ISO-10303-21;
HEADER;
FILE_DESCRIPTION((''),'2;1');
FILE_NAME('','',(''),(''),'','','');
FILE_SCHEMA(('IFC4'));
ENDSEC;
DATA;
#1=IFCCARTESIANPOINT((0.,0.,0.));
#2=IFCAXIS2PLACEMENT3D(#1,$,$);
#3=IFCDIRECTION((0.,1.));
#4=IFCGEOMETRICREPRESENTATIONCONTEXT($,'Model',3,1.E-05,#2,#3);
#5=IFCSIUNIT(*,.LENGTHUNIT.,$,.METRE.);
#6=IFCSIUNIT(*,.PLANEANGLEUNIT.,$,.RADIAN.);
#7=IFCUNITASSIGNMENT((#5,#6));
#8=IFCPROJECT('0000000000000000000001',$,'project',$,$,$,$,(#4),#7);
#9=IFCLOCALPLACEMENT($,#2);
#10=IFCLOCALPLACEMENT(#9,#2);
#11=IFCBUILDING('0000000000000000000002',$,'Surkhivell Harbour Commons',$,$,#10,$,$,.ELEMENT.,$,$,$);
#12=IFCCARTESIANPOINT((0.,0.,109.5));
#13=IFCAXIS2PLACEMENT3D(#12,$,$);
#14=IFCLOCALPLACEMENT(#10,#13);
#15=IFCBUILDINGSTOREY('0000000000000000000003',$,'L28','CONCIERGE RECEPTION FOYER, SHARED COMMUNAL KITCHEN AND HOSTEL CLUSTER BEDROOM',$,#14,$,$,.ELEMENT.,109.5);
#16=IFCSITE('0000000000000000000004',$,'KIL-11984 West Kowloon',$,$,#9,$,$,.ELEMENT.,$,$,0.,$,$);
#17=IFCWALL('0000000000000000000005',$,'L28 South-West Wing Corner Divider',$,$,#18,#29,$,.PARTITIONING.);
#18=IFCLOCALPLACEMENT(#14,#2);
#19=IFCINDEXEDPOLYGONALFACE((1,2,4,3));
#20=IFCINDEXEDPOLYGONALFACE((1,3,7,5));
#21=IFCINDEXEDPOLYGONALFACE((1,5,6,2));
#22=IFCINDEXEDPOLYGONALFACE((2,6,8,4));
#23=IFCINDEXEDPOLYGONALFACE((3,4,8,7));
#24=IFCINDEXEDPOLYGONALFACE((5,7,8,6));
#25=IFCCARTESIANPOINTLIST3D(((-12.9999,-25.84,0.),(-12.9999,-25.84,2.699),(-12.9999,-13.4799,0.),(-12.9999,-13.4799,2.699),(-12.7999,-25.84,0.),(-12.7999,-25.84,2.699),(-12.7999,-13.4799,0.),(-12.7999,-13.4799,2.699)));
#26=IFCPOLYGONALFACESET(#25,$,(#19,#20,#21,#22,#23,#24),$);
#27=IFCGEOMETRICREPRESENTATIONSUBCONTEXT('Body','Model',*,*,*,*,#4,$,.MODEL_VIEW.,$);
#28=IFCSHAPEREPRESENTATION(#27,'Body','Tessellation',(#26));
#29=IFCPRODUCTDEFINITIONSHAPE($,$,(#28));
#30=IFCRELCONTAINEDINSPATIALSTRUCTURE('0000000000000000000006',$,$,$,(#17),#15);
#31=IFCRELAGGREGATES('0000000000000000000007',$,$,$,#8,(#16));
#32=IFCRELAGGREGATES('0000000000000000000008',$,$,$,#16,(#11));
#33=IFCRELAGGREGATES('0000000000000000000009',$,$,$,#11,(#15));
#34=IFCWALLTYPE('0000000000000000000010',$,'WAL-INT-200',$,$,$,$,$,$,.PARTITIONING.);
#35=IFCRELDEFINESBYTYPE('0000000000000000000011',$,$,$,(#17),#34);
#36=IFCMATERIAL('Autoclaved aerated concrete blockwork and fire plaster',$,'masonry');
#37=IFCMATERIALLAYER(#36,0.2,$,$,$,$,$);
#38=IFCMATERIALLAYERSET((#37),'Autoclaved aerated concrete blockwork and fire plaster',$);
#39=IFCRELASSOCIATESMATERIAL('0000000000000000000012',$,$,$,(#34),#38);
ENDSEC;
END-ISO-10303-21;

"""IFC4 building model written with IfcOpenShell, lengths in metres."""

from ifc_helpers import new_model, si_unit, direction, frame, frame_2d, origin, place, context, subcontext, project, spatial, rectangle, extrude, material, layer, layer_set, type_object, element, save


model = new_model("IFC4")

# Units and contexts
model_context = context("Model", 3, precision=1e-05, world=origin(), true_north=direction((0.0, 1.0)))
body_context = subcontext(model_context, "Body", "Model", "MODEL_VIEW")
ifc_project = project(units=[si_unit("LENGTHUNIT", "METRE"), si_unit("PLANEANGLEUNIT", "RADIAN")], contexts=[model_context])

# Site, building, storey
site_placement = place(None, origin())
site = spatial("IfcSite", under=ifc_project, at=site_placement, Name="KIL-11984 West Kowloon", CompositionType="ELEMENT", RefElevation=0.0)
building_placement = place(site_placement, origin())
building = spatial("IfcBuilding", under=site, at=building_placement, Name="Surkhivell Harbour Commons", CompositionType="ELEMENT")
storey_placement = place(building_placement, frame((0.0, 0.0, 109.5)))
storey = spatial("IfcBuildingStorey", under=building, at=storey_placement, Name="L28", Description="CONCIERGE RECEPTION FOYER, SHARED COMMUNAL KITCHEN AND HOSTEL CLUSTER BEDROOM", CompositionType="ELEMENT", Elevation=109.5)

# Wall
ifc_material_1 = material(Name="Autoclaved aerated concrete blockwork and fire plaster", Category="masonry")
ifc_layer_1 = layer(ifc_material_1, 0.2)
ifc_layer_set_1 = layer_set([ifc_layer_1], Name="Autoclaved aerated concrete blockwork and fire plaster")
wall_type_1 = type_object("IfcWallType", Name="WAL-INT-200", PredefinedType="PARTITIONING", material=ifc_layer_set_1)
wall_1_placement = place(storey_placement, frame((-12.8999, -25.8401, 0.0), z_axis=(0.0, 0.0, 1.0), x_axis=(0.0, 1.0, 0.0)))
element("IfcWall", 1, at=wall_1_placement, inside=storey, type_object=wall_type_1, Name="L28 South-West Wing Corner Divider", PredefinedType="PARTITIONING", context=body_context, shape_type="SweptSolid", body=[
    extrude(rectangle(XDim=12.3601, YDim=0.2, at=frame_2d((6.1802, 0.0))), origin(), (0.0, 0.0, 1.0), 2.699),
])

save(model, "model.ifc")
